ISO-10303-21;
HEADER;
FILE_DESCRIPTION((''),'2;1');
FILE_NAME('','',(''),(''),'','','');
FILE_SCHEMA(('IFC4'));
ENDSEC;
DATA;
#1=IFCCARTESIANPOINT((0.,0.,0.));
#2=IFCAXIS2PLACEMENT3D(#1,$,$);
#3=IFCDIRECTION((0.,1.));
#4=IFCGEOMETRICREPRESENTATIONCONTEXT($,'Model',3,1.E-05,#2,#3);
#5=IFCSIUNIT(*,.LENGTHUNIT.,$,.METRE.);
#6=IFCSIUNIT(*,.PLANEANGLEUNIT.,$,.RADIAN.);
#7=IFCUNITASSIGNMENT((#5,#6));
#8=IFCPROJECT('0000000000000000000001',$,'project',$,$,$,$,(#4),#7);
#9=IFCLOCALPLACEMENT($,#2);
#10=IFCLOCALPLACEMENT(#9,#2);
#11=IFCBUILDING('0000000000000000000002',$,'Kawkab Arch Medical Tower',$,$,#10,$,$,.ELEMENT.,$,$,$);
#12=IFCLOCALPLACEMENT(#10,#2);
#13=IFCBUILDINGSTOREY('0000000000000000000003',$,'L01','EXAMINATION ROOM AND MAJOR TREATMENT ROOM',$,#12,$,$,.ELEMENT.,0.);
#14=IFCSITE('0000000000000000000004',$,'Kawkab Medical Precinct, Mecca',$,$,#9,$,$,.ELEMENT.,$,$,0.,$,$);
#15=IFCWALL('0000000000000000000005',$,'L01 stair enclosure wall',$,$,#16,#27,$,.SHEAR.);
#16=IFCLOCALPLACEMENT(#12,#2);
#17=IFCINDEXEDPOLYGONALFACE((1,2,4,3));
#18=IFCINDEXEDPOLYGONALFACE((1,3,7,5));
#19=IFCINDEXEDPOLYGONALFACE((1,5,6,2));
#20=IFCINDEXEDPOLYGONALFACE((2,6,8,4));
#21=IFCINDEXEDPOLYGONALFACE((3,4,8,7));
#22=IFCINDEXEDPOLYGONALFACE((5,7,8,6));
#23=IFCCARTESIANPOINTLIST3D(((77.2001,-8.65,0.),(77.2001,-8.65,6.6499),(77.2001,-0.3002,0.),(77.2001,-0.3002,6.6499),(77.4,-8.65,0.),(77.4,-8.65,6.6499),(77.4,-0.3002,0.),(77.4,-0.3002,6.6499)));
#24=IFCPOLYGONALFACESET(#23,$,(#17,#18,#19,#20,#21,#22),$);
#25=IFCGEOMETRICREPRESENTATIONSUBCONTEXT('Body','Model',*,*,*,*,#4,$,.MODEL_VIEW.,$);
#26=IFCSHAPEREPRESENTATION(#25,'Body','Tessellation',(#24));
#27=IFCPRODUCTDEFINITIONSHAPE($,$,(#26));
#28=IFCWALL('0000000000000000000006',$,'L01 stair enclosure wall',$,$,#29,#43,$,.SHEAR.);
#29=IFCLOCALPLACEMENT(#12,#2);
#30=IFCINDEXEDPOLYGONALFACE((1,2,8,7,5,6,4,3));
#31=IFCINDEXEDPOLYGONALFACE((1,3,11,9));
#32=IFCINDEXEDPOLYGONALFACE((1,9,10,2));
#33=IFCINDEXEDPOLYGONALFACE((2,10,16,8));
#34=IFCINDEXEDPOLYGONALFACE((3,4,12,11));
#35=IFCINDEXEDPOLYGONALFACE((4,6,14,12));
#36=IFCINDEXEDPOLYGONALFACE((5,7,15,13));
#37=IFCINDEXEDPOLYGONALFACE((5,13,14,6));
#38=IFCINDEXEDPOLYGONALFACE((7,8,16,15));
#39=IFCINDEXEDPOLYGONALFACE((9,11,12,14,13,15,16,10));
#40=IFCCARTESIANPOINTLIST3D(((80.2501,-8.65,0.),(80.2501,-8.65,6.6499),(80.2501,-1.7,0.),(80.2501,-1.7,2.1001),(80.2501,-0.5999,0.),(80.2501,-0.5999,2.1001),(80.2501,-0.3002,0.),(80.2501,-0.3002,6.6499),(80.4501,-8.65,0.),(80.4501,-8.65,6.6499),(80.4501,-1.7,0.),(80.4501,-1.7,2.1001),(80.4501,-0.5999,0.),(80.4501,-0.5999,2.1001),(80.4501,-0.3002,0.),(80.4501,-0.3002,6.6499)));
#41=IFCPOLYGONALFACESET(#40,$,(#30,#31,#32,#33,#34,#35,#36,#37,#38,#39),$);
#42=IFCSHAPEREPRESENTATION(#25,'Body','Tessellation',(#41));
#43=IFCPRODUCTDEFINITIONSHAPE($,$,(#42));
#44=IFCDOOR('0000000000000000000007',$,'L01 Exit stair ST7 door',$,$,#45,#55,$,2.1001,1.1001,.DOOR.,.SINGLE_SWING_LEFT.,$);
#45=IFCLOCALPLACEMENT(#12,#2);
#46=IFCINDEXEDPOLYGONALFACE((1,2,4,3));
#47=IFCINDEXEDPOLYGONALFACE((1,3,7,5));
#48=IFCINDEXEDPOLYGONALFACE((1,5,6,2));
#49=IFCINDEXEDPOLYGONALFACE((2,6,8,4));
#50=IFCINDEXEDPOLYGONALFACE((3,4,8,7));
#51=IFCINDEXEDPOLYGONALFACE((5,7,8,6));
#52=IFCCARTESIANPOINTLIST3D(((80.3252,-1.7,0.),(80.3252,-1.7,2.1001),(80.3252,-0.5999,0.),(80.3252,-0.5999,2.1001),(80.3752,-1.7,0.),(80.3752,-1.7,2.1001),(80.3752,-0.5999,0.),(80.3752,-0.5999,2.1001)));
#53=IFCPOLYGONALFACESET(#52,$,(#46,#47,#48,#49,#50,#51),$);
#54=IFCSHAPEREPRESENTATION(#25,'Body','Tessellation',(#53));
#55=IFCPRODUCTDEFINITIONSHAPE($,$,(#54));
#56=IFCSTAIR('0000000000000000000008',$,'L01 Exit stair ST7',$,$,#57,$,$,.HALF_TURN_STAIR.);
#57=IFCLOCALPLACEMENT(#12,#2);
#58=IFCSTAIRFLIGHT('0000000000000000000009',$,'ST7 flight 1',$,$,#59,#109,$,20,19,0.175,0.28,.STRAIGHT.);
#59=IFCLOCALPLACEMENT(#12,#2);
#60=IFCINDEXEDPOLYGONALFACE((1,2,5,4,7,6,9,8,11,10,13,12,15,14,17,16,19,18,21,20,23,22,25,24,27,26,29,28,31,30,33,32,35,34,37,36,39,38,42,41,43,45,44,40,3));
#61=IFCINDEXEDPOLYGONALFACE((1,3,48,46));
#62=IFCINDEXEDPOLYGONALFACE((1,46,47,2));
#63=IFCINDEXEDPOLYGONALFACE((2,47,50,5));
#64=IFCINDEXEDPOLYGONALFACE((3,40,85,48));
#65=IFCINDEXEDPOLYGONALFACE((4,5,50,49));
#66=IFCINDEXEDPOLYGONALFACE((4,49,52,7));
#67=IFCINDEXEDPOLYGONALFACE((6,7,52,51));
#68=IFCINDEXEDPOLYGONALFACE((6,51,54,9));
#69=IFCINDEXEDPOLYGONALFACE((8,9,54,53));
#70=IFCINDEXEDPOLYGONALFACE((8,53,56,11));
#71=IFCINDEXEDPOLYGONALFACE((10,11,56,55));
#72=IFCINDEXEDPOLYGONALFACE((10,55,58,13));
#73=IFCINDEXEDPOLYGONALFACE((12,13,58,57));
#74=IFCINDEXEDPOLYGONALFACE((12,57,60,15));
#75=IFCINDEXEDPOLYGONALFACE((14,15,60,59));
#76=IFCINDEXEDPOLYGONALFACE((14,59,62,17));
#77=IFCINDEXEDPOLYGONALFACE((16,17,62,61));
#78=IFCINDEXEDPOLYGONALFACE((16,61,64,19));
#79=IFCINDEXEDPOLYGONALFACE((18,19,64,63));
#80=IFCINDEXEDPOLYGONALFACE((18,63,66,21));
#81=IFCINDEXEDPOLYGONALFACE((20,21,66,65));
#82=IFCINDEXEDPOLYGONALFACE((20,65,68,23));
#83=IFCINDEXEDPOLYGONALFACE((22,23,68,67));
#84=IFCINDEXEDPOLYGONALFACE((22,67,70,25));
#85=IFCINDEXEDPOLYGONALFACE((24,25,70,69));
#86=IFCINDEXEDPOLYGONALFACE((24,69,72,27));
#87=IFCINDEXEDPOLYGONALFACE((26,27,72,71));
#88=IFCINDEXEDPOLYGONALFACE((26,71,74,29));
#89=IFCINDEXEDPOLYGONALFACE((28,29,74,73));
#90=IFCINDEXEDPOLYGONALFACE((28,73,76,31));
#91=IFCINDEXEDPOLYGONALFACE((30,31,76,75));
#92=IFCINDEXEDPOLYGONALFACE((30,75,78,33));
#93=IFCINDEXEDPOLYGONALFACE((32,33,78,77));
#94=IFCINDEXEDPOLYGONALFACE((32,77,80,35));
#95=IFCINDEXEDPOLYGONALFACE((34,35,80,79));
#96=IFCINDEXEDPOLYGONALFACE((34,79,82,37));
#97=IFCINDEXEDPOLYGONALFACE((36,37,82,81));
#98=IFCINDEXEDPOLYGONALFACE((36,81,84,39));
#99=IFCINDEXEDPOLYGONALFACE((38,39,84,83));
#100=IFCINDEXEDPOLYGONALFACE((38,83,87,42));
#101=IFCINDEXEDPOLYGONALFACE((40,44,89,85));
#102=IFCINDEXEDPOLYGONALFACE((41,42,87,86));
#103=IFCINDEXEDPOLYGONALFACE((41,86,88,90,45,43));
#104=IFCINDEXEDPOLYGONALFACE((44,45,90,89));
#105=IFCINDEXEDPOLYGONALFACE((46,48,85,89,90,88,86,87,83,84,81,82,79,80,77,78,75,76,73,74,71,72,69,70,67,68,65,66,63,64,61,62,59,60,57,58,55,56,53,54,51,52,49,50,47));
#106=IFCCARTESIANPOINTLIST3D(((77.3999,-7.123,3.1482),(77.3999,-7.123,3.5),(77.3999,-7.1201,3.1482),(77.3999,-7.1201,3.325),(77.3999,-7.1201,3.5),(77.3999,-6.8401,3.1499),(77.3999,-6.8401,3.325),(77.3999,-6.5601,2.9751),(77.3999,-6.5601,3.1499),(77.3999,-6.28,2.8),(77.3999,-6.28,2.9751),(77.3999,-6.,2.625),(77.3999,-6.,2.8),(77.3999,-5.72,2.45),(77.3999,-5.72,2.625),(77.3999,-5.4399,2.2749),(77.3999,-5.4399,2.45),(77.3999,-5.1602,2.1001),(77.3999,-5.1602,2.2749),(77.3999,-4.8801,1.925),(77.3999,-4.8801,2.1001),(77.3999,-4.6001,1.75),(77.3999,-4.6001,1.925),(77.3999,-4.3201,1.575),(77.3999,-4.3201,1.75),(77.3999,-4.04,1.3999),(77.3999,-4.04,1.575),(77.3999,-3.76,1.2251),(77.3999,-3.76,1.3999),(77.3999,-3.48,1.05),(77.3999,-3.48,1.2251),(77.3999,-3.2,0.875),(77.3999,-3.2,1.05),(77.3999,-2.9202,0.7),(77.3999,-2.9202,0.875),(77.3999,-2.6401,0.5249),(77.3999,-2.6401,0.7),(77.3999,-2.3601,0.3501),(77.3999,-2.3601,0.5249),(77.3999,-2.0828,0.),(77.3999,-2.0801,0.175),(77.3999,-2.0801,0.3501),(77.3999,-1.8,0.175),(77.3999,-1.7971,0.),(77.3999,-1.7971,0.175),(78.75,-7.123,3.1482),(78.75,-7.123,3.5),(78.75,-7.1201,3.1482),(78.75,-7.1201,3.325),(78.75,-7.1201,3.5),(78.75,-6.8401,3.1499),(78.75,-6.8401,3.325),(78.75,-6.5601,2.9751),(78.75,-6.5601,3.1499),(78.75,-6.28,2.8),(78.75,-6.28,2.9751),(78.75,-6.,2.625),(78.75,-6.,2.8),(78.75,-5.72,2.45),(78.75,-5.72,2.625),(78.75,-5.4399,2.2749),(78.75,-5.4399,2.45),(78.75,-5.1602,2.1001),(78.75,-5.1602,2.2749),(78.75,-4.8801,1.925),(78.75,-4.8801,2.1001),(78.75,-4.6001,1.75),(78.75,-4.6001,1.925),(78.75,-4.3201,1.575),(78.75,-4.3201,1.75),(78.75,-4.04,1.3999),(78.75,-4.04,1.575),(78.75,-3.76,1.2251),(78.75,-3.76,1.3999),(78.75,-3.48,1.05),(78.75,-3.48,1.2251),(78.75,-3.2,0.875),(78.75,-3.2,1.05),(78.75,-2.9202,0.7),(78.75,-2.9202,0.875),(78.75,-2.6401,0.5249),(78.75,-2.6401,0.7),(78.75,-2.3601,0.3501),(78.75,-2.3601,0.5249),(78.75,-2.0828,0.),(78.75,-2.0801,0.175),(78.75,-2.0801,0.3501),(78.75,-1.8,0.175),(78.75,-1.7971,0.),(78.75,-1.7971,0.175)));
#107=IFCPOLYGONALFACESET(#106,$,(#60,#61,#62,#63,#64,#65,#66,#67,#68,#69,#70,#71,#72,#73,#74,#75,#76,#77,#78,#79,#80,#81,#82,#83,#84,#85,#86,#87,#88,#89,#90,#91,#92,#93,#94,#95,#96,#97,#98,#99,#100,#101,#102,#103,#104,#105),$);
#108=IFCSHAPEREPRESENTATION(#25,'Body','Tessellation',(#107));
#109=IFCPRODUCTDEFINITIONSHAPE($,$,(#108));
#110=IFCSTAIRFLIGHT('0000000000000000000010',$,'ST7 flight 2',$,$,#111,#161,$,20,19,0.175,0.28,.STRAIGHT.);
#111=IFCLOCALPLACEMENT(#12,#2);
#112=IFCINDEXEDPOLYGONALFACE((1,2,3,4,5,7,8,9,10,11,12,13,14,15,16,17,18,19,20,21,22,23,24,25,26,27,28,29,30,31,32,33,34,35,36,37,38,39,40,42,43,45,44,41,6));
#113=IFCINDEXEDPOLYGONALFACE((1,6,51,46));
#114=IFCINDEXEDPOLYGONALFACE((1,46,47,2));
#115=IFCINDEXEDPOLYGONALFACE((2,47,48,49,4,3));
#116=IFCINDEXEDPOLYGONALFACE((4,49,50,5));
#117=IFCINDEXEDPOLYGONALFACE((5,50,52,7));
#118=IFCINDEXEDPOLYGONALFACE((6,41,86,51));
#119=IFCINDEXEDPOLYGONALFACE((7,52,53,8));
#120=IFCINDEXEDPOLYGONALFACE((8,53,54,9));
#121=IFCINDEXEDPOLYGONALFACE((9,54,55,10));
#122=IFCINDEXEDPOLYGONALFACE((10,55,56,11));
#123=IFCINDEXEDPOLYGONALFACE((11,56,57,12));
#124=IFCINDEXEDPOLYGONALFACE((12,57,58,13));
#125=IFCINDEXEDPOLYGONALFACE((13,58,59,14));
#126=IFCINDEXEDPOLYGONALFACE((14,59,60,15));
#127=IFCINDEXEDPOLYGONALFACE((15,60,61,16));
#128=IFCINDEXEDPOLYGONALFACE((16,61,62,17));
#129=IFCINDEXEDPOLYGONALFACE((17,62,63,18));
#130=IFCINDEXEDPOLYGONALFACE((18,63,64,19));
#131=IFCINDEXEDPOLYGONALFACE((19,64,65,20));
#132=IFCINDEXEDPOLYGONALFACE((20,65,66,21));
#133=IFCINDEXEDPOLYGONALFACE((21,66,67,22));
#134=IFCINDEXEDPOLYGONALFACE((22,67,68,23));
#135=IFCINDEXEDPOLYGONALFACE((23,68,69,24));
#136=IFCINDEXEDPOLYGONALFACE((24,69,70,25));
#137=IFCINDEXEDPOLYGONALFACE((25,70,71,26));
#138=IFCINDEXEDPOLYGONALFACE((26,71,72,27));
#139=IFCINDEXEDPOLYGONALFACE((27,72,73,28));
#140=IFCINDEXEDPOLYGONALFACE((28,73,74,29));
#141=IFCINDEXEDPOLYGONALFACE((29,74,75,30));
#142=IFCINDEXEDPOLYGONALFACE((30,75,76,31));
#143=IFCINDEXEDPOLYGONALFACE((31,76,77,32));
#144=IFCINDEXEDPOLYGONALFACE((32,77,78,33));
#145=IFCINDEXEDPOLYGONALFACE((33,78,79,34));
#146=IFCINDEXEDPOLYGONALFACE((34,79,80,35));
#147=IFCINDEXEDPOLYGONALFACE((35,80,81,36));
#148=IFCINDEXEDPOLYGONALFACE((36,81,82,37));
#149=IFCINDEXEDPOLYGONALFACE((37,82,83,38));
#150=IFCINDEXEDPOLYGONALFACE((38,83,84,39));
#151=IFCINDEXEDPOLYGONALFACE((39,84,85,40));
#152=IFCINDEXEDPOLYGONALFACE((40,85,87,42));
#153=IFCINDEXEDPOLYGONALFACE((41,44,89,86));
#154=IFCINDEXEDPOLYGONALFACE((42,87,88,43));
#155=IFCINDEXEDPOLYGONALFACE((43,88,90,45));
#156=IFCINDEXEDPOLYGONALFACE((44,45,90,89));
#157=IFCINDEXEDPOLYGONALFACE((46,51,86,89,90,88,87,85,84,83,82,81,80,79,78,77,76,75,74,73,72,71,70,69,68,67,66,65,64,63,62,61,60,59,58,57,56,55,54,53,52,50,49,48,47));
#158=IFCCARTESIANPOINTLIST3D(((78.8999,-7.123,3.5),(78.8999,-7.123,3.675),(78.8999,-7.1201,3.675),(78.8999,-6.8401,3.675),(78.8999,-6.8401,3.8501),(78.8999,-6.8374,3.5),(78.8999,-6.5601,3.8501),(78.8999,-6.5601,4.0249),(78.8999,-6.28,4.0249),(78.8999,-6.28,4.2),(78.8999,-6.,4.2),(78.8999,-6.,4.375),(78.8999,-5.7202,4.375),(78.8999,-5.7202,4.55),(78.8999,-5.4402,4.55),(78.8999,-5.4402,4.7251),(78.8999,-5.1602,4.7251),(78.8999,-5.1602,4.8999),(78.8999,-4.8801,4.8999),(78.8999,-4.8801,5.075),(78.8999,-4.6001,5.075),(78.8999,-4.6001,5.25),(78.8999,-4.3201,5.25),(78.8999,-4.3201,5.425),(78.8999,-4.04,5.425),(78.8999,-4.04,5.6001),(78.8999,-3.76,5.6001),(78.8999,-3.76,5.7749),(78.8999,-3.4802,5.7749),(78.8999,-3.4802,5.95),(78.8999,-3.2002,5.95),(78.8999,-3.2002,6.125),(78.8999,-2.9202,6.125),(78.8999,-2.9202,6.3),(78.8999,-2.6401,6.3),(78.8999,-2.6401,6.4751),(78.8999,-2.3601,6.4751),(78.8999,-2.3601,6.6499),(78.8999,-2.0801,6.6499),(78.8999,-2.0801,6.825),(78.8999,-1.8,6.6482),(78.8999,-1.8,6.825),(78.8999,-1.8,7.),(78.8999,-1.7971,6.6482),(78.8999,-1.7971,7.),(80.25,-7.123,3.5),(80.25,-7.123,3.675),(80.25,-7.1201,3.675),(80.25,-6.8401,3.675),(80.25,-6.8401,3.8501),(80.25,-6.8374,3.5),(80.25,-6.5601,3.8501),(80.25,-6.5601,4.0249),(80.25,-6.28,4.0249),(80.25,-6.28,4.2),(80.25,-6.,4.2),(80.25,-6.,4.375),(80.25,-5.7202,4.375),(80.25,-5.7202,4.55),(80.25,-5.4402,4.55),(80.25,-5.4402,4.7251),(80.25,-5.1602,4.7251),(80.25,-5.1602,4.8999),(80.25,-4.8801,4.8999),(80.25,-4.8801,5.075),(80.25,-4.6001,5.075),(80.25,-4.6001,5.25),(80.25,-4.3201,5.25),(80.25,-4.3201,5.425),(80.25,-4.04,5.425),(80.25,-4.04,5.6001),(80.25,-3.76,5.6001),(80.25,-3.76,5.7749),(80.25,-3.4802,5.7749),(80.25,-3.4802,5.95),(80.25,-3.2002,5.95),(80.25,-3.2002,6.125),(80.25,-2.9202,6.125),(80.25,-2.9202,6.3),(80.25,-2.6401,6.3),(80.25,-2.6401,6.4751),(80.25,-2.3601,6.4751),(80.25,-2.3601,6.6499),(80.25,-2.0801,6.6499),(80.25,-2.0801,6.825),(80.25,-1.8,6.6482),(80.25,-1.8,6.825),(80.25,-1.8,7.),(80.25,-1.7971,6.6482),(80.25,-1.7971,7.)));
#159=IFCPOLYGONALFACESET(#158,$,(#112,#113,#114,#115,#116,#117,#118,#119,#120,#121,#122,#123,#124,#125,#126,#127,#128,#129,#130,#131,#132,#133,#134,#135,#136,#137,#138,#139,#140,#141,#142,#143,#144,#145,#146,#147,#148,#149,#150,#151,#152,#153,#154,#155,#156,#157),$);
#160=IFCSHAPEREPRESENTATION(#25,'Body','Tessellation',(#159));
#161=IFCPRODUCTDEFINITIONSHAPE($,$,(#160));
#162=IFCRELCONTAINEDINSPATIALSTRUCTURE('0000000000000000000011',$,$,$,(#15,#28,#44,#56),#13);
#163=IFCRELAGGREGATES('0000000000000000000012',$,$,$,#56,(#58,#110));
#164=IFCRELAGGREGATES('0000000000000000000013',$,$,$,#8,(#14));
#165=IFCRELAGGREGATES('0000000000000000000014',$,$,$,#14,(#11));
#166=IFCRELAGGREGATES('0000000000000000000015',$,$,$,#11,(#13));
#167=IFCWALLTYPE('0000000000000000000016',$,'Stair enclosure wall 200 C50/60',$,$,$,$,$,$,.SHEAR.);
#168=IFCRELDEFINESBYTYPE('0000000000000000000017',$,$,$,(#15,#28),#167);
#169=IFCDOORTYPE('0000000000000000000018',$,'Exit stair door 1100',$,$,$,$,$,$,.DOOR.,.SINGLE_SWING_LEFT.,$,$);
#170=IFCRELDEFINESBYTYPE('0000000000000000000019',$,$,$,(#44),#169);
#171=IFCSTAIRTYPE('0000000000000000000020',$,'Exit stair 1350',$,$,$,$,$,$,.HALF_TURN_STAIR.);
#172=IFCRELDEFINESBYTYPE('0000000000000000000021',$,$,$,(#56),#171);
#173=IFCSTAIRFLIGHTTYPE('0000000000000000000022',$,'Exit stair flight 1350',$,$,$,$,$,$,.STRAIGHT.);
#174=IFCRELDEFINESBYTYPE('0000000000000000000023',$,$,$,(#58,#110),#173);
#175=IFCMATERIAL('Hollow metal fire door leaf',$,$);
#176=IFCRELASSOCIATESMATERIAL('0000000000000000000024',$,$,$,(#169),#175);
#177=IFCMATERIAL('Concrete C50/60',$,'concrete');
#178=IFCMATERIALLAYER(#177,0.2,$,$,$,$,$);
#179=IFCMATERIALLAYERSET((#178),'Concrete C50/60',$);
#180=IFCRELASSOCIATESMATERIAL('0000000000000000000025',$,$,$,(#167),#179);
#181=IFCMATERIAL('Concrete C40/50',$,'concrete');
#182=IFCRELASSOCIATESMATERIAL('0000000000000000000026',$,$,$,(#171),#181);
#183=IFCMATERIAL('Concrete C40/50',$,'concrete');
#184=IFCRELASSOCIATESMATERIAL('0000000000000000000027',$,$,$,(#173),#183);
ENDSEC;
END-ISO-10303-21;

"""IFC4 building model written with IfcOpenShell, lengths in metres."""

from ifc_helpers import new_model, si_unit, direction, frame, frame_2d, origin, place, context, subcontext, project, spatial, polyline, rectangle, outline, extrude, material, layer, layer_set, type_object, element, fill, aggregate, save


model = new_model("IFC4")

# Units and contexts
model_context = context("Model", 3, precision=1e-05, world=origin(), true_north=direction((0.0, 1.0)))
body_context = subcontext(model_context, "Body", "Model", "MODEL_VIEW")
ifc_project = project(units=[si_unit("LENGTHUNIT", "METRE"), si_unit("PLANEANGLEUNIT", "RADIAN")], contexts=[model_context])

# Site, building, storey
site_placement = place(None, origin())
site = spatial("IfcSite", under=ifc_project, at=site_placement, Name="Kawkab Medical Precinct, Mecca", CompositionType="ELEMENT", RefElevation=0.0)
building_placement = place(site_placement, origin())
building = spatial("IfcBuilding", under=site, at=building_placement, Name="Kawkab Arch Medical Tower", CompositionType="ELEMENT")
storey_placement = place(building_placement, origin())
storey = spatial("IfcBuildingStorey", under=building, at=storey_placement, Name="L01", Description="EXAMINATION ROOM AND MAJOR TREATMENT ROOM", CompositionType="ELEMENT", Elevation=0.0)

# Shared definitions
ifc_material_1 = material(Name="Hollow metal fire door leaf")
door_type_1 = type_object("IfcDoorType", Name="Exit stair door 1100", OperationType="SINGLE_SWING_LEFT", PredefinedType="DOOR", material=ifc_material_1)

# Wall
ifc_material_2 = material(Name="Concrete C50/60", Category="concrete")
ifc_layer_1 = layer(ifc_material_2, 0.2)
ifc_layer_set_1 = layer_set([ifc_layer_1], Name="Concrete C50/60")
wall_type_1 = type_object("IfcWallType", Name="Stair enclosure wall 200 C50/60", PredefinedType="SHEAR", material=ifc_layer_set_1)
wall_1_placement = place(storey_placement, frame((77.3, -8.6499, 0.0), z_axis=(0.0, 0.0, 1.0), x_axis=(0.0, 1.0, 0.0)))
element("IfcWall", 1, at=wall_1_placement, inside=storey, type_object=wall_type_1, Name="L01 stair enclosure wall", PredefinedType="SHEAR", context=body_context, shape_type="SweptSolid", body=[
    extrude(rectangle(XDim=8.3499, YDim=0.2, at=frame_2d((4.1748, 0.0))), origin(), (0.0, 0.0, 1.0), 6.6499),
])

# Wall, opening, door
wall_2_placement = place(storey_placement, frame((80.3501, -8.6499, 0.0), z_axis=(0.0, 0.0, 1.0), x_axis=(0.0, 1.0, 0.0)))
wall_2 = element("IfcWall", 2, at=wall_2_placement, inside=storey, type_object=wall_type_1, Name="L01 stair enclosure wall", PredefinedType="SHEAR", context=body_context, shape_type="SweptSolid", body=[
    extrude(rectangle(XDim=8.3499, YDim=0.2, at=frame_2d((4.1748, 0.0))), origin(), (0.0, 0.0, 1.0), 6.6499),
])
opening_1_placement = place(wall_2_placement, frame((6.95, 0.0, 0.0)))
opening_1 = element("IfcOpeningElement", 3, at=opening_1_placement, cuts=wall_2, PredefinedType="OPENING", context=body_context, shape_type="SweptSolid", body=[
    extrude(rectangle(XDim=1.1001, YDim=2.1001, at=frame_2d((0.55, 1.05))), frame((0.0, 0.1099, 0.0), z_axis=(0.0, -1.0, 0.0), x_axis=(1.0, 0.0, 0.0)), (0.0, 0.0, 1.0), 0.22),
])
door_1_placement = place(opening_1_placement, origin())
door_1 = element("IfcDoor", 4, at=door_1_placement, inside=storey, type_object=door_type_1, Name="L01 Exit stair ST7 door", OperationType="SINGLE_SWING_LEFT", OverallHeight=2.1001, OverallWidth=1.1001, PredefinedType="DOOR", context=body_context, shape_type="SweptSolid", body=[
    extrude(rectangle(XDim=1.1001, YDim=2.1001, at=frame_2d((0.55, 1.05))), frame((0.0, 0.0249, 0.0), z_axis=(0.0, -1.0, 0.0), x_axis=(1.0, 0.0, 0.0)), (0.0, 0.0, 1.0), 0.05),
])
fill(opening_1, door_1)

# Stair, stair flights
ifc_material_3 = material(Name="Concrete C40/50", Category="concrete")
stair_type = type_object("IfcStairType", Name="Exit stair 1350", PredefinedType="HALF_TURN_STAIR", material=ifc_material_3)
stair_placement = place(storey_placement, origin())
stair = element("IfcStair", 5, at=stair_placement, inside=storey, type_object=stair_type, Name="L01 Exit stair ST7", PredefinedType="HALF_TURN_STAIR")
ifc_material_4 = material(Name="Concrete C40/50", Category="concrete")
stair_flight_type = type_object("IfcStairFlightType", Name="Exit stair flight 1350", PredefinedType="STRAIGHT", material=ifc_material_4)
stair_flight_1_placement = place(storey_placement, frame((78.075, -1.8, 0.0), z_axis=(0.0, 0.0, 1.0), x_axis=(0.0, -1.0, 0.0)))
stair_flight_1 = element("IfcStairFlight", 6, at=stair_flight_1_placement, type_object=stair_flight_type, Name="ST7 flight 1", NumberOfRisers=20, NumberOfTreads=19, PredefinedType="STRAIGHT", RiserHeight=0.175, TreadLength=0.28, context=body_context, shape_type="SweptSolid", body=[
    extrude(outline(polyline([(-0.0029, 0.0), (-0.0029, 0.175), (0.0, 0.175), (0.28, 0.175), (0.28, 0.3501), (0.5601, 0.3501), (0.5601, 0.5249), (0.8401, 0.5249), (0.8401, 0.7), (1.1201, 0.7), (1.1201, 0.875), (1.3999, 0.875), (1.3999, 1.05), (1.6799, 1.05), (1.6799, 1.2251), (1.96, 1.2251), (1.96, 1.3999), (2.24, 1.3999), (2.24, 1.575), (2.52, 1.575), (2.52, 1.75), (2.8, 1.75), (2.8, 1.925), (3.0801, 1.925), (3.0801, 2.1001), (3.3601, 2.1001), (3.3601, 2.2749), (3.6399, 2.2749), (3.6399, 2.45), (3.9199, 2.45), (3.9199, 2.625), (4.2, 2.625), (4.2, 2.8), (4.48, 2.8), (4.48, 2.9751), (4.76, 2.9751), (4.76, 3.1499), (5.04, 3.1499), (5.04, 3.325), (5.3201, 3.325), (5.3201, 3.5), (5.323, 3.5), (5.323, 3.1482), (5.3201, 3.1482), (0.2827, 0.0), (-0.0029, 0.0)])), frame((0.0, 0.675, 0.0), z_axis=(0.0, -1.0, 0.0), x_axis=(1.0, 0.0, 0.0)), (0.0, 0.0, 1.0), 1.3501),
])
stair_flight_2_placement = place(storey_placement, frame((79.575, -7.1201, 3.5), z_axis=(0.0, 0.0, 1.0), x_axis=(0.0, 1.0, 0.0)))
stair_flight_2 = element("IfcStairFlight", 7, at=stair_flight_2_placement, type_object=stair_flight_type, Name="ST7 flight 2", NumberOfRisers=20, NumberOfTreads=19, PredefinedType="STRAIGHT", RiserHeight=0.175, TreadLength=0.28, context=body_context, shape_type="SweptSolid", body=[
    extrude(outline(polyline([(-0.0029, 0.0), (-0.0029, 0.175), (0.0, 0.175), (0.28, 0.175), (0.28, 0.3501), (0.5601, 0.3501), (0.5601, 0.5249), (0.8401, 0.5249), (0.8401, 0.7), (1.1201, 0.7), (1.1201, 0.875), (1.3999, 0.875), (1.3999, 1.05), (1.6799, 1.05), (1.6799, 1.2251), (1.96, 1.2251), (1.96, 1.3999), (2.24, 1.3999), (2.24, 1.575), (2.52, 1.575), (2.52, 1.75), (2.8, 1.75), (2.8, 1.925), (3.0801, 1.925), (3.0801, 2.1001), (3.3601, 2.1001), (3.3601, 2.2749), (3.6399, 2.2749), (3.6399, 2.45), (3.9199, 2.45), (3.9199, 2.625), (4.2, 2.625), (4.2, 2.8), (4.48, 2.8), (4.48, 2.9751), (4.76, 2.9751), (4.76, 3.1499), (5.04, 3.1499), (5.04, 3.325), (5.3201, 3.325), (5.3201, 3.5), (5.323, 3.5), (5.323, 3.1482), (5.3201, 3.1482), (0.2827, 0.0), (-0.0029, 0.0)])), frame((0.0, 0.675, 0.0), z_axis=(0.0, -1.0, 0.0), x_axis=(1.0, 0.0, 0.0)), (0.0, 0.0, 1.0), 1.3501),
])
aggregate(stair, [stair_flight_1, stair_flight_2])

save(model, "model.ifc")
